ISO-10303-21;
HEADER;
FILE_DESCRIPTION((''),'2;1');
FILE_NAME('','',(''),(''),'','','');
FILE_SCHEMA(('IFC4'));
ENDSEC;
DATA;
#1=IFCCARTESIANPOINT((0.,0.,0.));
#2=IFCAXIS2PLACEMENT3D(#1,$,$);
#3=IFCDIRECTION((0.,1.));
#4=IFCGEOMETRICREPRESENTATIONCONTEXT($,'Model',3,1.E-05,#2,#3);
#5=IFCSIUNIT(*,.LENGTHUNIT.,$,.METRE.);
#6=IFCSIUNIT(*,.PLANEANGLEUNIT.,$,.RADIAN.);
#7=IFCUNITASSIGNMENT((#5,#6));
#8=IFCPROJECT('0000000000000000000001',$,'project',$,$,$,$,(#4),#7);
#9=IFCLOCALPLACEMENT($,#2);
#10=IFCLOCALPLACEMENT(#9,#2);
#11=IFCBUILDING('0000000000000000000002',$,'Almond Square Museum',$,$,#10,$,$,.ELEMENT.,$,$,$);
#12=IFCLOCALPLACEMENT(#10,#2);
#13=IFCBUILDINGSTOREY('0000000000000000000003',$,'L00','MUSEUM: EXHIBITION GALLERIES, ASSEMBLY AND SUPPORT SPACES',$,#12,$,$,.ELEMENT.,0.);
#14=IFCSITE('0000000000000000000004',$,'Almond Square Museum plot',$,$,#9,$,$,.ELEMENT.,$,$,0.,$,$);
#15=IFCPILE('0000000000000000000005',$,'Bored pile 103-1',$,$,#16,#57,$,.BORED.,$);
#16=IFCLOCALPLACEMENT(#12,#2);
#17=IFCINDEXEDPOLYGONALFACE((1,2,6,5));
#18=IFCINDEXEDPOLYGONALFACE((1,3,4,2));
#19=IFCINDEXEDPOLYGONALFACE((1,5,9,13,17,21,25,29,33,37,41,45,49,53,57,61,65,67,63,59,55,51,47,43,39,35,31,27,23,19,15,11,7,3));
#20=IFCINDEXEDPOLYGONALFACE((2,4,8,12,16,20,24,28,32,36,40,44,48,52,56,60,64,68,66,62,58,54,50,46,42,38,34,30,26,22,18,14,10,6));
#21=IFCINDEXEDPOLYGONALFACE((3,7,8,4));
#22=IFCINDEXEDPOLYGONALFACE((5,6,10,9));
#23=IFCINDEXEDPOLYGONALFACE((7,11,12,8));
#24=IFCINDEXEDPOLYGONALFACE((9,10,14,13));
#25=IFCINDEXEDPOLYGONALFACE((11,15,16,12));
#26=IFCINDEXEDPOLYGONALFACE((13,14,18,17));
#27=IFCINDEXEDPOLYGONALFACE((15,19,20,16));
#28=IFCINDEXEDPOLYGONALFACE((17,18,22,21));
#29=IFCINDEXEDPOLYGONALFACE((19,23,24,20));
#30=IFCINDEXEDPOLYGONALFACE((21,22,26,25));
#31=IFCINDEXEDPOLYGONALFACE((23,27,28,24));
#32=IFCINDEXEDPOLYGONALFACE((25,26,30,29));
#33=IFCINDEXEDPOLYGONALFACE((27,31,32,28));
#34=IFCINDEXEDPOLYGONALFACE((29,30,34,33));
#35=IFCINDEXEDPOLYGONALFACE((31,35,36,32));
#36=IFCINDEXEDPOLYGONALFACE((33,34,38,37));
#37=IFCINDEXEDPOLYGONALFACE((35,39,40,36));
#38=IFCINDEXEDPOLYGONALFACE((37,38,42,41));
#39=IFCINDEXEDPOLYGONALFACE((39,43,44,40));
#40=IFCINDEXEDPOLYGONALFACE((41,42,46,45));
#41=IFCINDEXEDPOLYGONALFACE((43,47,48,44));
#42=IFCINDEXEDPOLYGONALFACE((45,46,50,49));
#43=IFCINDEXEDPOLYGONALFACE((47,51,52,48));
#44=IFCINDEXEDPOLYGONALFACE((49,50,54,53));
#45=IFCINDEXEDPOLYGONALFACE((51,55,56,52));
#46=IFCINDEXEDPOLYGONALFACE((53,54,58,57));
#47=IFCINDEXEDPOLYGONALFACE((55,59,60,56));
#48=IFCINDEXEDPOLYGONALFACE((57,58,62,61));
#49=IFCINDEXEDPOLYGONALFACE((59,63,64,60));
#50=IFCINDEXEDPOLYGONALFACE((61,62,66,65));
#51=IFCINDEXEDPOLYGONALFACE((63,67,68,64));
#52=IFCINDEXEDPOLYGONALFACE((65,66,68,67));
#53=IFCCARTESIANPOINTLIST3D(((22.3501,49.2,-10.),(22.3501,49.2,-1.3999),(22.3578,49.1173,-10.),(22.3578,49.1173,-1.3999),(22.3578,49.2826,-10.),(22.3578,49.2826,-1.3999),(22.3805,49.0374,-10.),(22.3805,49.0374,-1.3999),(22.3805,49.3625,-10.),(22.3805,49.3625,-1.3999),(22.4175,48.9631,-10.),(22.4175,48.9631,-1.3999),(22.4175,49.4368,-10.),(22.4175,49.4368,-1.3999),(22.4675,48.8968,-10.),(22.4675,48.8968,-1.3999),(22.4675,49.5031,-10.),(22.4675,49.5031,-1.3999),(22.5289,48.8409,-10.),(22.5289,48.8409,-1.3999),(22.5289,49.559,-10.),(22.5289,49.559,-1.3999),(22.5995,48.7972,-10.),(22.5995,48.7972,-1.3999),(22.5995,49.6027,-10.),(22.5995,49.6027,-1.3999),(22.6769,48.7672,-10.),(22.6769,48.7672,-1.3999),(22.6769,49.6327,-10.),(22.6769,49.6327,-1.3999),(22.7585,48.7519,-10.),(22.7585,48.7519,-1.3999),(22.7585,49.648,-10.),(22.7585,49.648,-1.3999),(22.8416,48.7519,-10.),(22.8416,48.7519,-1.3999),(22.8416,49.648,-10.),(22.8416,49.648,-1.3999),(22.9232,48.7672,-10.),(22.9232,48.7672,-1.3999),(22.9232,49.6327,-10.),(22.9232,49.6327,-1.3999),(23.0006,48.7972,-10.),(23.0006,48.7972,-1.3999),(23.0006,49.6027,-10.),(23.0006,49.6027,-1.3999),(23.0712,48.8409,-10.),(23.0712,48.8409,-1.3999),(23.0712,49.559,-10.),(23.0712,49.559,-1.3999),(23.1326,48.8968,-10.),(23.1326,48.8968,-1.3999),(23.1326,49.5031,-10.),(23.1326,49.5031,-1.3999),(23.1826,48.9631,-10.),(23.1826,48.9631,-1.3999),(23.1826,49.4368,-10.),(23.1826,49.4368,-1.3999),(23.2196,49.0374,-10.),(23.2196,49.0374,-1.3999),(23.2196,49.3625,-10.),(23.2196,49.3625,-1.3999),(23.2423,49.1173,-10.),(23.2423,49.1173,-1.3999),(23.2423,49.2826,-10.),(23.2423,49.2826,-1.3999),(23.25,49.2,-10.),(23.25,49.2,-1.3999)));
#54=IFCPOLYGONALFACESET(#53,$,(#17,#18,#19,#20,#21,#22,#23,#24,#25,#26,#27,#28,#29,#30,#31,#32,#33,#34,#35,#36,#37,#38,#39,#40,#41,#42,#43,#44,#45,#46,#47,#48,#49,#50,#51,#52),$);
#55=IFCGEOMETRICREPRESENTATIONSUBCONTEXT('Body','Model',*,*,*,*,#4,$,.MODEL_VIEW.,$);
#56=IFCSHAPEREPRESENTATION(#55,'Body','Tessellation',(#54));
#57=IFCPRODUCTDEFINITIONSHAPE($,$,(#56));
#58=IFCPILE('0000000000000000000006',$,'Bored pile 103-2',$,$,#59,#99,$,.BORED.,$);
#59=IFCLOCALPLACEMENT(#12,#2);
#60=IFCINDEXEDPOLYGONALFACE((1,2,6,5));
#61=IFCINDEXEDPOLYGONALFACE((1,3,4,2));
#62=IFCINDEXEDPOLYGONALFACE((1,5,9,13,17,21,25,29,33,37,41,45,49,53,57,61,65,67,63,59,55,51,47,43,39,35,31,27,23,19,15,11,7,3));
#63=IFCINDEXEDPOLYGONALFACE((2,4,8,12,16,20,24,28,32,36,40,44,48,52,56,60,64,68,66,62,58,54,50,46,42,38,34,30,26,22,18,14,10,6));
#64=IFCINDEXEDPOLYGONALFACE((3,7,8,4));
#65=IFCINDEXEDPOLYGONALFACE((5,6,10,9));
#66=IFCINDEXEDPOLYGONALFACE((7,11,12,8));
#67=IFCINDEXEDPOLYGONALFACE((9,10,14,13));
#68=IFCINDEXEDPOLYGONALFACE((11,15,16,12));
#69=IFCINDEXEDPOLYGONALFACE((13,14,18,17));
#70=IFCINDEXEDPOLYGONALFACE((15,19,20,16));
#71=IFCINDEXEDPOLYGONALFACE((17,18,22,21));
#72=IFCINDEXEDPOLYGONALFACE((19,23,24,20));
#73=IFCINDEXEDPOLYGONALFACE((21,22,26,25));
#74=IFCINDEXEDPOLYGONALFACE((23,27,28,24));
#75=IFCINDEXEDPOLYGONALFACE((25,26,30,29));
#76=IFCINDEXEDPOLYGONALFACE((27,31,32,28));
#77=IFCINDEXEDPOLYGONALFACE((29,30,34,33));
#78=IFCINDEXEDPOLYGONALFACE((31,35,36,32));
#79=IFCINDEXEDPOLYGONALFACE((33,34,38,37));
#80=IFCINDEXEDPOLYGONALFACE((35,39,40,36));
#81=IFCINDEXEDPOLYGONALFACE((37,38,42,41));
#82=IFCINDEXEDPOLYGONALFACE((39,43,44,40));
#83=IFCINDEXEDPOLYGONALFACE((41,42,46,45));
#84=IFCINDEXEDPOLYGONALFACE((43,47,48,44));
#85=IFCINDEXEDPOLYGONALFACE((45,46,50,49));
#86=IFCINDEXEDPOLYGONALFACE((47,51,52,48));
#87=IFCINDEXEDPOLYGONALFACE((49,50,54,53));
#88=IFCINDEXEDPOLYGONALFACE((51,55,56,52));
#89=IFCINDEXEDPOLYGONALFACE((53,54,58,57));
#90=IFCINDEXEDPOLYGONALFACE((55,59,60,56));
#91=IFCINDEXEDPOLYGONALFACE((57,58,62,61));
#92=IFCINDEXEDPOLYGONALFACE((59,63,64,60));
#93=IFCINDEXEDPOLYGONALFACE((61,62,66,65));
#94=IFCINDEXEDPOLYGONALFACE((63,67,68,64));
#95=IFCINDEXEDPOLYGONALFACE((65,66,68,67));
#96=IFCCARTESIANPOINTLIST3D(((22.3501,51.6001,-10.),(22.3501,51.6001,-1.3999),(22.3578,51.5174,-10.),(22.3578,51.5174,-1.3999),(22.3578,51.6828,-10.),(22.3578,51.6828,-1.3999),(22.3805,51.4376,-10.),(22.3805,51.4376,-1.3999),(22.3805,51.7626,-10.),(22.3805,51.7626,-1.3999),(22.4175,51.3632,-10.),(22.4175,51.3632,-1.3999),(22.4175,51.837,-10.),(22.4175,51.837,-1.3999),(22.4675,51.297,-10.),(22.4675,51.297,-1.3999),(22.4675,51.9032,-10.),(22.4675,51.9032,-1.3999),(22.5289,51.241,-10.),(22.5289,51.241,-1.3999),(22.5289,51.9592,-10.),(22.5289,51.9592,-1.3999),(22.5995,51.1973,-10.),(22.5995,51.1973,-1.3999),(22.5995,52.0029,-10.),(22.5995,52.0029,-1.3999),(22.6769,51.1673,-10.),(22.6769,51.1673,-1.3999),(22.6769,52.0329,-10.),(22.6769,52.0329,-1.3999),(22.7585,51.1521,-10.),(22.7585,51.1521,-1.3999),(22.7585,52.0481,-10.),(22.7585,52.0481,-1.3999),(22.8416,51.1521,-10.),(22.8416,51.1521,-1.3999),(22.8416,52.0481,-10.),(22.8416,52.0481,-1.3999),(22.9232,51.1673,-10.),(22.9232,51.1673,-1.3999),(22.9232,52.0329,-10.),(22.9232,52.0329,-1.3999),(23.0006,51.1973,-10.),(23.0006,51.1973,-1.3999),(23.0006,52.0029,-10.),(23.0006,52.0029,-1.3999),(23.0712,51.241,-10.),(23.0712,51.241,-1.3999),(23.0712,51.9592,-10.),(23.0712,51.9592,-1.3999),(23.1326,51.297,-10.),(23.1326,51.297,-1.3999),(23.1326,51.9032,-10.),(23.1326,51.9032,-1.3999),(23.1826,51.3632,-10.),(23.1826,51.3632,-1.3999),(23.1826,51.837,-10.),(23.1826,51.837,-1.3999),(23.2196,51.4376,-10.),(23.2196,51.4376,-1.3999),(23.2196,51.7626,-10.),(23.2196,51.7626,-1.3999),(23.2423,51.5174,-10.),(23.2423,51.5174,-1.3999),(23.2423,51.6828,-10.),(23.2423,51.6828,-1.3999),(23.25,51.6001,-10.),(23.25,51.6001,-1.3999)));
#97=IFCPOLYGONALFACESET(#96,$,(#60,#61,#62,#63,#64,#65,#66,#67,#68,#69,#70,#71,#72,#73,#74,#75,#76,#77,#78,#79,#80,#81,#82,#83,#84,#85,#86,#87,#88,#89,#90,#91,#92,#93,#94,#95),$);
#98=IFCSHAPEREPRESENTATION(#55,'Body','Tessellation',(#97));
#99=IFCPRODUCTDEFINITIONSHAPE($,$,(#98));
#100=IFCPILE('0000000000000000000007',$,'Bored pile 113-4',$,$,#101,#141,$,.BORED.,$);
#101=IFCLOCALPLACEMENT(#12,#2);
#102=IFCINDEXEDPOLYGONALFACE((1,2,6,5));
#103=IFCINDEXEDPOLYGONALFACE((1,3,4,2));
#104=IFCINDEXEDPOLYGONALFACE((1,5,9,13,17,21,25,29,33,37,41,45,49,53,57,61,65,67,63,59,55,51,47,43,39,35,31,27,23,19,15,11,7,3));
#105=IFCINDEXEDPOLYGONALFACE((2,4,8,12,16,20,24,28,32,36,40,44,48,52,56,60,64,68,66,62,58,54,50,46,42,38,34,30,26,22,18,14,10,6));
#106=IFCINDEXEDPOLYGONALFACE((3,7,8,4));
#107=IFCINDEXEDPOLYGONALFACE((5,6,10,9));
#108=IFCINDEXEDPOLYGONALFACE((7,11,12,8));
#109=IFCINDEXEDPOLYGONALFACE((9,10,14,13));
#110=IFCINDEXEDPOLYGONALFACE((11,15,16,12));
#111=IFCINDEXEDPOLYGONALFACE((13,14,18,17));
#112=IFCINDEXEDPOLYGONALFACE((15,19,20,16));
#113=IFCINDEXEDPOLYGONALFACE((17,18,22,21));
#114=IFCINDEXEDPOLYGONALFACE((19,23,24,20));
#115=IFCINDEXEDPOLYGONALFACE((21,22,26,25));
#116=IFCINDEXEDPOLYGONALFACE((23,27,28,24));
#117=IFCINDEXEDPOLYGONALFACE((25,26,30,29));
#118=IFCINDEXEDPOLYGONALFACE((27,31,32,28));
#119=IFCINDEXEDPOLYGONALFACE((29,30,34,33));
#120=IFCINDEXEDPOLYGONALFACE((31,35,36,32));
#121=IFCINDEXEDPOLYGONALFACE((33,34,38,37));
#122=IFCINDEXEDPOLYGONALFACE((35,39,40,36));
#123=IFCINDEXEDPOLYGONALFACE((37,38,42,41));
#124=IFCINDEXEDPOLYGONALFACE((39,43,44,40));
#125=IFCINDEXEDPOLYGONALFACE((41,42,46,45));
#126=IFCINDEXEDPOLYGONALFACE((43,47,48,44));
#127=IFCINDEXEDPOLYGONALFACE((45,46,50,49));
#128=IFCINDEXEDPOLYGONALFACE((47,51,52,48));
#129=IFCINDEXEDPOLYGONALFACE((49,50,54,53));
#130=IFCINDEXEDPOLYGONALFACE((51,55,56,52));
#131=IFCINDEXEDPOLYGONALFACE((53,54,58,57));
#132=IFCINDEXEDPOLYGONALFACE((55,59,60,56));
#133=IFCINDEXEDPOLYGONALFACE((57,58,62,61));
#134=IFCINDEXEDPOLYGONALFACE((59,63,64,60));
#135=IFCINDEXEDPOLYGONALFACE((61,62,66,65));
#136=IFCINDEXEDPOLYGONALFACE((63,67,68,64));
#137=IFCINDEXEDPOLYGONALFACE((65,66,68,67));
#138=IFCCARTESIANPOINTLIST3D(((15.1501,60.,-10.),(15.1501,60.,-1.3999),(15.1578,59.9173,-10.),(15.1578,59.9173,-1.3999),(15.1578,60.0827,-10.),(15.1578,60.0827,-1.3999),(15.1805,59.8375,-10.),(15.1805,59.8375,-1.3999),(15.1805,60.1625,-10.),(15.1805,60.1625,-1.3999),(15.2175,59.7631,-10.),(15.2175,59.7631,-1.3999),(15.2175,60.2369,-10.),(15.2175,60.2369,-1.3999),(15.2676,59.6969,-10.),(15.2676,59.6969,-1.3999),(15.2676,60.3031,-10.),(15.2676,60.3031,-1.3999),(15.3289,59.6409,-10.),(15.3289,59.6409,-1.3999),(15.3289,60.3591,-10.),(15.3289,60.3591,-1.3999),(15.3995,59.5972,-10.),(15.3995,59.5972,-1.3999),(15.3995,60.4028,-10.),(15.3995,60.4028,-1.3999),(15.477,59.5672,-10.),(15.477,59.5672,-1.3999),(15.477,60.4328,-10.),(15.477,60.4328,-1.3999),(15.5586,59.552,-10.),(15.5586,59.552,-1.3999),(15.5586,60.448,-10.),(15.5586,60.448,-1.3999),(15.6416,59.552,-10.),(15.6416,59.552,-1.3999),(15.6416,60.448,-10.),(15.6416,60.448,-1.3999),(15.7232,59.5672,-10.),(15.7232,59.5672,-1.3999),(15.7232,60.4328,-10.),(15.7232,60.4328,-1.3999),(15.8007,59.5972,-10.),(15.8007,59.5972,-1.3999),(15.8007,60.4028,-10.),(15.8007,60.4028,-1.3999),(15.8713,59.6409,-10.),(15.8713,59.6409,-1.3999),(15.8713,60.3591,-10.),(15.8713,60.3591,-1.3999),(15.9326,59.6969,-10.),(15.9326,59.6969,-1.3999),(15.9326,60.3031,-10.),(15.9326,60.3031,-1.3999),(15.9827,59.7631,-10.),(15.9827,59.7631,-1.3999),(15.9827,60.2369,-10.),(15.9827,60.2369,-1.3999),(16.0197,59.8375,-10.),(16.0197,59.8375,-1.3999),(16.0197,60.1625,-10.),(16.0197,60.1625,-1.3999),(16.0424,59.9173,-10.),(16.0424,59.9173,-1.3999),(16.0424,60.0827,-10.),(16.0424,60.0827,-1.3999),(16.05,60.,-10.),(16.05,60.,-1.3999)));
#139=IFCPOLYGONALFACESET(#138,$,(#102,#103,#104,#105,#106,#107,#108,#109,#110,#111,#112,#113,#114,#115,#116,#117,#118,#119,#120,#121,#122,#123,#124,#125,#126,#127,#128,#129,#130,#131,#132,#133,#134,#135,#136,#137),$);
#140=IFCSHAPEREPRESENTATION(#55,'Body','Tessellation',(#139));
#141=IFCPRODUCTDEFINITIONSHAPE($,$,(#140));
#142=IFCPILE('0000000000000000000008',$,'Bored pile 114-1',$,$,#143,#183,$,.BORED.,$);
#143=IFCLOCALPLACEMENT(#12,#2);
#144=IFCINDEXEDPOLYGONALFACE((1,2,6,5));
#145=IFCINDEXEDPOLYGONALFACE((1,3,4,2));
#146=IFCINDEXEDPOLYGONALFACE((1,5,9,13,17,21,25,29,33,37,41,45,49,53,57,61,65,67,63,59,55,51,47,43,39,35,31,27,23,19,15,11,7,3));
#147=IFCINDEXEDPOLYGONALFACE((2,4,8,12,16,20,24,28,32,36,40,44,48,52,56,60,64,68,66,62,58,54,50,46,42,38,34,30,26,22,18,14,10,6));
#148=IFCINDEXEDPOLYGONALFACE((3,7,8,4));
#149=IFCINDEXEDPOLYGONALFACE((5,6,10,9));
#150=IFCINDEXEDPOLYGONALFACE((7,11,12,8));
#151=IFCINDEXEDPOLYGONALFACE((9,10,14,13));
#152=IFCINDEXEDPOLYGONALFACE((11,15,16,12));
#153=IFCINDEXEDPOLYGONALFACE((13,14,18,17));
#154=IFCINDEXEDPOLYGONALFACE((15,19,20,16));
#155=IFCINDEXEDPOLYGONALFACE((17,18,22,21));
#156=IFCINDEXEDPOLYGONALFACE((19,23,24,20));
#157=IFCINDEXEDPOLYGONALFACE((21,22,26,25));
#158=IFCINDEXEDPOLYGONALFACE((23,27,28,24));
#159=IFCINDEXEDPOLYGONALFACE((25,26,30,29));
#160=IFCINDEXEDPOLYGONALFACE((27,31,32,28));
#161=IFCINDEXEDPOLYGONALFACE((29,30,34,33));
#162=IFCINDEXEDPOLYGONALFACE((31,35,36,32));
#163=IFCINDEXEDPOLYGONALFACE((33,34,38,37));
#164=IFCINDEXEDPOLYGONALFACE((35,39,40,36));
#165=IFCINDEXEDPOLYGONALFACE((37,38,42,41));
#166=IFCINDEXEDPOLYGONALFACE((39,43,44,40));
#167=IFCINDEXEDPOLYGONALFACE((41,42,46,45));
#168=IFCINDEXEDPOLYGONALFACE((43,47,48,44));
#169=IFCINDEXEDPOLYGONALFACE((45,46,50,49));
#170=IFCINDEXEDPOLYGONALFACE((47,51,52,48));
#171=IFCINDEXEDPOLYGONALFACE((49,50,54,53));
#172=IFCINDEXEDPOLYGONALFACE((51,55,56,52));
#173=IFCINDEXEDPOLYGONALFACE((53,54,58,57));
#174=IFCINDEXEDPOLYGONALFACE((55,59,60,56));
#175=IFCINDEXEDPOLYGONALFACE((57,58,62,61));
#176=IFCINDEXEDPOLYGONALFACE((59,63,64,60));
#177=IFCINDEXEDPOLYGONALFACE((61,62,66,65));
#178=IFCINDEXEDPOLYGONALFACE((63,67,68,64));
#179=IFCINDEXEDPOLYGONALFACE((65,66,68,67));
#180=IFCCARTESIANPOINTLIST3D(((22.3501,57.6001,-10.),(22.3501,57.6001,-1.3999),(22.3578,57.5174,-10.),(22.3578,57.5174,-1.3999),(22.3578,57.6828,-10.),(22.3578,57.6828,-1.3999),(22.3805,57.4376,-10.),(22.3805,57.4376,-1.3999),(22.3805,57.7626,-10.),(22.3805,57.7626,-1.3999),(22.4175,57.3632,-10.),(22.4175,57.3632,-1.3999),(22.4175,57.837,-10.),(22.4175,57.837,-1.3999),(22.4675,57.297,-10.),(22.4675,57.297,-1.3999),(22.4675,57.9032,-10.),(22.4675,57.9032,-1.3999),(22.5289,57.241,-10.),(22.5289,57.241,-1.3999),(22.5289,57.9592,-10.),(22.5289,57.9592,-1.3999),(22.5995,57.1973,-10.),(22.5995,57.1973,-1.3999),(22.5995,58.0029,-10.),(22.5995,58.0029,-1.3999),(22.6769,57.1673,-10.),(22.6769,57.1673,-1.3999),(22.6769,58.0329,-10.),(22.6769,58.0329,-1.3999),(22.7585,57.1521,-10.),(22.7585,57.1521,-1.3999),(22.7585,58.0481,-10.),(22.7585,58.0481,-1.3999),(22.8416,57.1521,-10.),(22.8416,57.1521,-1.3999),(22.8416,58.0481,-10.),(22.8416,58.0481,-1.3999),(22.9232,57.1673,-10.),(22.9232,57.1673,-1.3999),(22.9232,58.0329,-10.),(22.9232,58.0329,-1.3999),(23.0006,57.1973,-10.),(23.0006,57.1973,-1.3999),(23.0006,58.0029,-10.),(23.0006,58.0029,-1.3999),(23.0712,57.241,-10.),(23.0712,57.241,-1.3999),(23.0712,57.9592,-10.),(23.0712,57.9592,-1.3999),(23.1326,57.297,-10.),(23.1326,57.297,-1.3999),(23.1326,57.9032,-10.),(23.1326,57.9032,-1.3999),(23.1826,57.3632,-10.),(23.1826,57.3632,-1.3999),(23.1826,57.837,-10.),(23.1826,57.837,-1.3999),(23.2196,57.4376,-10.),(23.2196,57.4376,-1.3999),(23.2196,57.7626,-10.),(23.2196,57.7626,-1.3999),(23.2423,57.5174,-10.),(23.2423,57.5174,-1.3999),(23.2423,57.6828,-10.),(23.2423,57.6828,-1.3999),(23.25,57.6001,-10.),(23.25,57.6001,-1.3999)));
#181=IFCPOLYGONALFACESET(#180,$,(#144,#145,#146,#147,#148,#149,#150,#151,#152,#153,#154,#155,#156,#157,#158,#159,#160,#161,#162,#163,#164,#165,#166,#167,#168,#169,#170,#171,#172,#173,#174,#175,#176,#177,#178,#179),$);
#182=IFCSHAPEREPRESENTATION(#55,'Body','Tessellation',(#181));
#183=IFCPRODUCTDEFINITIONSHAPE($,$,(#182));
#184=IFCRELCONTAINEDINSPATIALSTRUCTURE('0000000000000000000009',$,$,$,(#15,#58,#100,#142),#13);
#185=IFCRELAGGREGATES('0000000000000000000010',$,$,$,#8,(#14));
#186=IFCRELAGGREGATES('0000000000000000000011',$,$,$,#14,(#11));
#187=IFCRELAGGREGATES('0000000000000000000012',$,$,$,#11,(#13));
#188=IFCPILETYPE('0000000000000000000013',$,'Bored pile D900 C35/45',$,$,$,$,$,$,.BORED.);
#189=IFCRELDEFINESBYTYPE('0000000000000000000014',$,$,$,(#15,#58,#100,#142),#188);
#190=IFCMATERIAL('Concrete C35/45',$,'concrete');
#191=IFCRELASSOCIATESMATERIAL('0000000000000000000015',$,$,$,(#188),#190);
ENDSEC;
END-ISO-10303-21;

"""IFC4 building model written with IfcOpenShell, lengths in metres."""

from ifc_helpers import new_model, si_unit, direction, frame, origin, origin_2d, place, context, subcontext, project, spatial, circle, extrude, material, material_profile, profile_set, type_object, element, save


model = new_model("IFC4")

# Units and contexts
model_context = context("Model", 3, precision=1e-05, world=origin(), true_north=direction((0.0, 1.0)))
body_context = subcontext(model_context, "Body", "Model", "MODEL_VIEW")
ifc_project = project(units=[si_unit("LENGTHUNIT", "METRE"), si_unit("PLANEANGLEUNIT", "RADIAN")], contexts=[model_context])

# Site, building, storey
site_placement = place(None, origin())
site = spatial("IfcSite", under=ifc_project, at=site_placement, Name="Almond Square Museum plot", CompositionType="ELEMENT", RefElevation=0.0)
building_placement = place(site_placement, origin())
building = spatial("IfcBuilding", under=site, at=building_placement, Name="Almond Square Museum", CompositionType="ELEMENT")
storey_placement = place(building_placement, origin())
storey = spatial("IfcBuildingStorey", under=building, at=storey_placement, Name="L00", Description="MUSEUM: EXHIBITION GALLERIES, ASSEMBLY AND SUPPORT SPACES", CompositionType="ELEMENT", Elevation=0.0)

# Piles
ifc_material_1 = material(Name="Concrete C35/45", Category="concrete")
ifc_material_profile_1 = material_profile(ifc_material_1, circle(Radius=0.45, at=origin_2d()))
ifc_profile_set_1 = profile_set([ifc_material_profile_1], Name="Concrete C35/45")
pile_type = type_object("IfcPileType", Name="Bored pile D900 C35/45", PredefinedType="BORED", material=ifc_profile_set_1)
for number, where, z_axis, x_axis, name in (
    (1, (22.8, 49.2, -1.3999), (0.0, 0.0, -1.0), (1.0, 0.0, 0.0), "Bored pile 103-1"),
    (2, (22.8, 51.6001, -1.3999), (0.0, 0.0, -1.0), (1.0, 0.0, 0.0), "Bored pile 103-2"),
    (3, (15.6001, 60.0, -1.3999), (0.0, 0.0, -1.0), (1.0, 0.0, 0.0), "Bored pile 113-4"),
    (4, (22.8, 57.6001, -1.3999), (0.0, 0.0, -1.0), (1.0, 0.0, 0.0), "Bored pile 114-1"),
):
    element("IfcPile", number, at=place(storey_placement, frame(where, z_axis=z_axis, x_axis=x_axis)), inside=storey, type_object=pile_type, Name=name, PredefinedType="BORED", context=body_context, shape_type="SweptSolid", body=[
        extrude(circle(Radius=0.45, at=origin_2d()), origin(), (0.0, 0.0, 1.0), 8.6001),
    ])

save(model, "model.ifc")
